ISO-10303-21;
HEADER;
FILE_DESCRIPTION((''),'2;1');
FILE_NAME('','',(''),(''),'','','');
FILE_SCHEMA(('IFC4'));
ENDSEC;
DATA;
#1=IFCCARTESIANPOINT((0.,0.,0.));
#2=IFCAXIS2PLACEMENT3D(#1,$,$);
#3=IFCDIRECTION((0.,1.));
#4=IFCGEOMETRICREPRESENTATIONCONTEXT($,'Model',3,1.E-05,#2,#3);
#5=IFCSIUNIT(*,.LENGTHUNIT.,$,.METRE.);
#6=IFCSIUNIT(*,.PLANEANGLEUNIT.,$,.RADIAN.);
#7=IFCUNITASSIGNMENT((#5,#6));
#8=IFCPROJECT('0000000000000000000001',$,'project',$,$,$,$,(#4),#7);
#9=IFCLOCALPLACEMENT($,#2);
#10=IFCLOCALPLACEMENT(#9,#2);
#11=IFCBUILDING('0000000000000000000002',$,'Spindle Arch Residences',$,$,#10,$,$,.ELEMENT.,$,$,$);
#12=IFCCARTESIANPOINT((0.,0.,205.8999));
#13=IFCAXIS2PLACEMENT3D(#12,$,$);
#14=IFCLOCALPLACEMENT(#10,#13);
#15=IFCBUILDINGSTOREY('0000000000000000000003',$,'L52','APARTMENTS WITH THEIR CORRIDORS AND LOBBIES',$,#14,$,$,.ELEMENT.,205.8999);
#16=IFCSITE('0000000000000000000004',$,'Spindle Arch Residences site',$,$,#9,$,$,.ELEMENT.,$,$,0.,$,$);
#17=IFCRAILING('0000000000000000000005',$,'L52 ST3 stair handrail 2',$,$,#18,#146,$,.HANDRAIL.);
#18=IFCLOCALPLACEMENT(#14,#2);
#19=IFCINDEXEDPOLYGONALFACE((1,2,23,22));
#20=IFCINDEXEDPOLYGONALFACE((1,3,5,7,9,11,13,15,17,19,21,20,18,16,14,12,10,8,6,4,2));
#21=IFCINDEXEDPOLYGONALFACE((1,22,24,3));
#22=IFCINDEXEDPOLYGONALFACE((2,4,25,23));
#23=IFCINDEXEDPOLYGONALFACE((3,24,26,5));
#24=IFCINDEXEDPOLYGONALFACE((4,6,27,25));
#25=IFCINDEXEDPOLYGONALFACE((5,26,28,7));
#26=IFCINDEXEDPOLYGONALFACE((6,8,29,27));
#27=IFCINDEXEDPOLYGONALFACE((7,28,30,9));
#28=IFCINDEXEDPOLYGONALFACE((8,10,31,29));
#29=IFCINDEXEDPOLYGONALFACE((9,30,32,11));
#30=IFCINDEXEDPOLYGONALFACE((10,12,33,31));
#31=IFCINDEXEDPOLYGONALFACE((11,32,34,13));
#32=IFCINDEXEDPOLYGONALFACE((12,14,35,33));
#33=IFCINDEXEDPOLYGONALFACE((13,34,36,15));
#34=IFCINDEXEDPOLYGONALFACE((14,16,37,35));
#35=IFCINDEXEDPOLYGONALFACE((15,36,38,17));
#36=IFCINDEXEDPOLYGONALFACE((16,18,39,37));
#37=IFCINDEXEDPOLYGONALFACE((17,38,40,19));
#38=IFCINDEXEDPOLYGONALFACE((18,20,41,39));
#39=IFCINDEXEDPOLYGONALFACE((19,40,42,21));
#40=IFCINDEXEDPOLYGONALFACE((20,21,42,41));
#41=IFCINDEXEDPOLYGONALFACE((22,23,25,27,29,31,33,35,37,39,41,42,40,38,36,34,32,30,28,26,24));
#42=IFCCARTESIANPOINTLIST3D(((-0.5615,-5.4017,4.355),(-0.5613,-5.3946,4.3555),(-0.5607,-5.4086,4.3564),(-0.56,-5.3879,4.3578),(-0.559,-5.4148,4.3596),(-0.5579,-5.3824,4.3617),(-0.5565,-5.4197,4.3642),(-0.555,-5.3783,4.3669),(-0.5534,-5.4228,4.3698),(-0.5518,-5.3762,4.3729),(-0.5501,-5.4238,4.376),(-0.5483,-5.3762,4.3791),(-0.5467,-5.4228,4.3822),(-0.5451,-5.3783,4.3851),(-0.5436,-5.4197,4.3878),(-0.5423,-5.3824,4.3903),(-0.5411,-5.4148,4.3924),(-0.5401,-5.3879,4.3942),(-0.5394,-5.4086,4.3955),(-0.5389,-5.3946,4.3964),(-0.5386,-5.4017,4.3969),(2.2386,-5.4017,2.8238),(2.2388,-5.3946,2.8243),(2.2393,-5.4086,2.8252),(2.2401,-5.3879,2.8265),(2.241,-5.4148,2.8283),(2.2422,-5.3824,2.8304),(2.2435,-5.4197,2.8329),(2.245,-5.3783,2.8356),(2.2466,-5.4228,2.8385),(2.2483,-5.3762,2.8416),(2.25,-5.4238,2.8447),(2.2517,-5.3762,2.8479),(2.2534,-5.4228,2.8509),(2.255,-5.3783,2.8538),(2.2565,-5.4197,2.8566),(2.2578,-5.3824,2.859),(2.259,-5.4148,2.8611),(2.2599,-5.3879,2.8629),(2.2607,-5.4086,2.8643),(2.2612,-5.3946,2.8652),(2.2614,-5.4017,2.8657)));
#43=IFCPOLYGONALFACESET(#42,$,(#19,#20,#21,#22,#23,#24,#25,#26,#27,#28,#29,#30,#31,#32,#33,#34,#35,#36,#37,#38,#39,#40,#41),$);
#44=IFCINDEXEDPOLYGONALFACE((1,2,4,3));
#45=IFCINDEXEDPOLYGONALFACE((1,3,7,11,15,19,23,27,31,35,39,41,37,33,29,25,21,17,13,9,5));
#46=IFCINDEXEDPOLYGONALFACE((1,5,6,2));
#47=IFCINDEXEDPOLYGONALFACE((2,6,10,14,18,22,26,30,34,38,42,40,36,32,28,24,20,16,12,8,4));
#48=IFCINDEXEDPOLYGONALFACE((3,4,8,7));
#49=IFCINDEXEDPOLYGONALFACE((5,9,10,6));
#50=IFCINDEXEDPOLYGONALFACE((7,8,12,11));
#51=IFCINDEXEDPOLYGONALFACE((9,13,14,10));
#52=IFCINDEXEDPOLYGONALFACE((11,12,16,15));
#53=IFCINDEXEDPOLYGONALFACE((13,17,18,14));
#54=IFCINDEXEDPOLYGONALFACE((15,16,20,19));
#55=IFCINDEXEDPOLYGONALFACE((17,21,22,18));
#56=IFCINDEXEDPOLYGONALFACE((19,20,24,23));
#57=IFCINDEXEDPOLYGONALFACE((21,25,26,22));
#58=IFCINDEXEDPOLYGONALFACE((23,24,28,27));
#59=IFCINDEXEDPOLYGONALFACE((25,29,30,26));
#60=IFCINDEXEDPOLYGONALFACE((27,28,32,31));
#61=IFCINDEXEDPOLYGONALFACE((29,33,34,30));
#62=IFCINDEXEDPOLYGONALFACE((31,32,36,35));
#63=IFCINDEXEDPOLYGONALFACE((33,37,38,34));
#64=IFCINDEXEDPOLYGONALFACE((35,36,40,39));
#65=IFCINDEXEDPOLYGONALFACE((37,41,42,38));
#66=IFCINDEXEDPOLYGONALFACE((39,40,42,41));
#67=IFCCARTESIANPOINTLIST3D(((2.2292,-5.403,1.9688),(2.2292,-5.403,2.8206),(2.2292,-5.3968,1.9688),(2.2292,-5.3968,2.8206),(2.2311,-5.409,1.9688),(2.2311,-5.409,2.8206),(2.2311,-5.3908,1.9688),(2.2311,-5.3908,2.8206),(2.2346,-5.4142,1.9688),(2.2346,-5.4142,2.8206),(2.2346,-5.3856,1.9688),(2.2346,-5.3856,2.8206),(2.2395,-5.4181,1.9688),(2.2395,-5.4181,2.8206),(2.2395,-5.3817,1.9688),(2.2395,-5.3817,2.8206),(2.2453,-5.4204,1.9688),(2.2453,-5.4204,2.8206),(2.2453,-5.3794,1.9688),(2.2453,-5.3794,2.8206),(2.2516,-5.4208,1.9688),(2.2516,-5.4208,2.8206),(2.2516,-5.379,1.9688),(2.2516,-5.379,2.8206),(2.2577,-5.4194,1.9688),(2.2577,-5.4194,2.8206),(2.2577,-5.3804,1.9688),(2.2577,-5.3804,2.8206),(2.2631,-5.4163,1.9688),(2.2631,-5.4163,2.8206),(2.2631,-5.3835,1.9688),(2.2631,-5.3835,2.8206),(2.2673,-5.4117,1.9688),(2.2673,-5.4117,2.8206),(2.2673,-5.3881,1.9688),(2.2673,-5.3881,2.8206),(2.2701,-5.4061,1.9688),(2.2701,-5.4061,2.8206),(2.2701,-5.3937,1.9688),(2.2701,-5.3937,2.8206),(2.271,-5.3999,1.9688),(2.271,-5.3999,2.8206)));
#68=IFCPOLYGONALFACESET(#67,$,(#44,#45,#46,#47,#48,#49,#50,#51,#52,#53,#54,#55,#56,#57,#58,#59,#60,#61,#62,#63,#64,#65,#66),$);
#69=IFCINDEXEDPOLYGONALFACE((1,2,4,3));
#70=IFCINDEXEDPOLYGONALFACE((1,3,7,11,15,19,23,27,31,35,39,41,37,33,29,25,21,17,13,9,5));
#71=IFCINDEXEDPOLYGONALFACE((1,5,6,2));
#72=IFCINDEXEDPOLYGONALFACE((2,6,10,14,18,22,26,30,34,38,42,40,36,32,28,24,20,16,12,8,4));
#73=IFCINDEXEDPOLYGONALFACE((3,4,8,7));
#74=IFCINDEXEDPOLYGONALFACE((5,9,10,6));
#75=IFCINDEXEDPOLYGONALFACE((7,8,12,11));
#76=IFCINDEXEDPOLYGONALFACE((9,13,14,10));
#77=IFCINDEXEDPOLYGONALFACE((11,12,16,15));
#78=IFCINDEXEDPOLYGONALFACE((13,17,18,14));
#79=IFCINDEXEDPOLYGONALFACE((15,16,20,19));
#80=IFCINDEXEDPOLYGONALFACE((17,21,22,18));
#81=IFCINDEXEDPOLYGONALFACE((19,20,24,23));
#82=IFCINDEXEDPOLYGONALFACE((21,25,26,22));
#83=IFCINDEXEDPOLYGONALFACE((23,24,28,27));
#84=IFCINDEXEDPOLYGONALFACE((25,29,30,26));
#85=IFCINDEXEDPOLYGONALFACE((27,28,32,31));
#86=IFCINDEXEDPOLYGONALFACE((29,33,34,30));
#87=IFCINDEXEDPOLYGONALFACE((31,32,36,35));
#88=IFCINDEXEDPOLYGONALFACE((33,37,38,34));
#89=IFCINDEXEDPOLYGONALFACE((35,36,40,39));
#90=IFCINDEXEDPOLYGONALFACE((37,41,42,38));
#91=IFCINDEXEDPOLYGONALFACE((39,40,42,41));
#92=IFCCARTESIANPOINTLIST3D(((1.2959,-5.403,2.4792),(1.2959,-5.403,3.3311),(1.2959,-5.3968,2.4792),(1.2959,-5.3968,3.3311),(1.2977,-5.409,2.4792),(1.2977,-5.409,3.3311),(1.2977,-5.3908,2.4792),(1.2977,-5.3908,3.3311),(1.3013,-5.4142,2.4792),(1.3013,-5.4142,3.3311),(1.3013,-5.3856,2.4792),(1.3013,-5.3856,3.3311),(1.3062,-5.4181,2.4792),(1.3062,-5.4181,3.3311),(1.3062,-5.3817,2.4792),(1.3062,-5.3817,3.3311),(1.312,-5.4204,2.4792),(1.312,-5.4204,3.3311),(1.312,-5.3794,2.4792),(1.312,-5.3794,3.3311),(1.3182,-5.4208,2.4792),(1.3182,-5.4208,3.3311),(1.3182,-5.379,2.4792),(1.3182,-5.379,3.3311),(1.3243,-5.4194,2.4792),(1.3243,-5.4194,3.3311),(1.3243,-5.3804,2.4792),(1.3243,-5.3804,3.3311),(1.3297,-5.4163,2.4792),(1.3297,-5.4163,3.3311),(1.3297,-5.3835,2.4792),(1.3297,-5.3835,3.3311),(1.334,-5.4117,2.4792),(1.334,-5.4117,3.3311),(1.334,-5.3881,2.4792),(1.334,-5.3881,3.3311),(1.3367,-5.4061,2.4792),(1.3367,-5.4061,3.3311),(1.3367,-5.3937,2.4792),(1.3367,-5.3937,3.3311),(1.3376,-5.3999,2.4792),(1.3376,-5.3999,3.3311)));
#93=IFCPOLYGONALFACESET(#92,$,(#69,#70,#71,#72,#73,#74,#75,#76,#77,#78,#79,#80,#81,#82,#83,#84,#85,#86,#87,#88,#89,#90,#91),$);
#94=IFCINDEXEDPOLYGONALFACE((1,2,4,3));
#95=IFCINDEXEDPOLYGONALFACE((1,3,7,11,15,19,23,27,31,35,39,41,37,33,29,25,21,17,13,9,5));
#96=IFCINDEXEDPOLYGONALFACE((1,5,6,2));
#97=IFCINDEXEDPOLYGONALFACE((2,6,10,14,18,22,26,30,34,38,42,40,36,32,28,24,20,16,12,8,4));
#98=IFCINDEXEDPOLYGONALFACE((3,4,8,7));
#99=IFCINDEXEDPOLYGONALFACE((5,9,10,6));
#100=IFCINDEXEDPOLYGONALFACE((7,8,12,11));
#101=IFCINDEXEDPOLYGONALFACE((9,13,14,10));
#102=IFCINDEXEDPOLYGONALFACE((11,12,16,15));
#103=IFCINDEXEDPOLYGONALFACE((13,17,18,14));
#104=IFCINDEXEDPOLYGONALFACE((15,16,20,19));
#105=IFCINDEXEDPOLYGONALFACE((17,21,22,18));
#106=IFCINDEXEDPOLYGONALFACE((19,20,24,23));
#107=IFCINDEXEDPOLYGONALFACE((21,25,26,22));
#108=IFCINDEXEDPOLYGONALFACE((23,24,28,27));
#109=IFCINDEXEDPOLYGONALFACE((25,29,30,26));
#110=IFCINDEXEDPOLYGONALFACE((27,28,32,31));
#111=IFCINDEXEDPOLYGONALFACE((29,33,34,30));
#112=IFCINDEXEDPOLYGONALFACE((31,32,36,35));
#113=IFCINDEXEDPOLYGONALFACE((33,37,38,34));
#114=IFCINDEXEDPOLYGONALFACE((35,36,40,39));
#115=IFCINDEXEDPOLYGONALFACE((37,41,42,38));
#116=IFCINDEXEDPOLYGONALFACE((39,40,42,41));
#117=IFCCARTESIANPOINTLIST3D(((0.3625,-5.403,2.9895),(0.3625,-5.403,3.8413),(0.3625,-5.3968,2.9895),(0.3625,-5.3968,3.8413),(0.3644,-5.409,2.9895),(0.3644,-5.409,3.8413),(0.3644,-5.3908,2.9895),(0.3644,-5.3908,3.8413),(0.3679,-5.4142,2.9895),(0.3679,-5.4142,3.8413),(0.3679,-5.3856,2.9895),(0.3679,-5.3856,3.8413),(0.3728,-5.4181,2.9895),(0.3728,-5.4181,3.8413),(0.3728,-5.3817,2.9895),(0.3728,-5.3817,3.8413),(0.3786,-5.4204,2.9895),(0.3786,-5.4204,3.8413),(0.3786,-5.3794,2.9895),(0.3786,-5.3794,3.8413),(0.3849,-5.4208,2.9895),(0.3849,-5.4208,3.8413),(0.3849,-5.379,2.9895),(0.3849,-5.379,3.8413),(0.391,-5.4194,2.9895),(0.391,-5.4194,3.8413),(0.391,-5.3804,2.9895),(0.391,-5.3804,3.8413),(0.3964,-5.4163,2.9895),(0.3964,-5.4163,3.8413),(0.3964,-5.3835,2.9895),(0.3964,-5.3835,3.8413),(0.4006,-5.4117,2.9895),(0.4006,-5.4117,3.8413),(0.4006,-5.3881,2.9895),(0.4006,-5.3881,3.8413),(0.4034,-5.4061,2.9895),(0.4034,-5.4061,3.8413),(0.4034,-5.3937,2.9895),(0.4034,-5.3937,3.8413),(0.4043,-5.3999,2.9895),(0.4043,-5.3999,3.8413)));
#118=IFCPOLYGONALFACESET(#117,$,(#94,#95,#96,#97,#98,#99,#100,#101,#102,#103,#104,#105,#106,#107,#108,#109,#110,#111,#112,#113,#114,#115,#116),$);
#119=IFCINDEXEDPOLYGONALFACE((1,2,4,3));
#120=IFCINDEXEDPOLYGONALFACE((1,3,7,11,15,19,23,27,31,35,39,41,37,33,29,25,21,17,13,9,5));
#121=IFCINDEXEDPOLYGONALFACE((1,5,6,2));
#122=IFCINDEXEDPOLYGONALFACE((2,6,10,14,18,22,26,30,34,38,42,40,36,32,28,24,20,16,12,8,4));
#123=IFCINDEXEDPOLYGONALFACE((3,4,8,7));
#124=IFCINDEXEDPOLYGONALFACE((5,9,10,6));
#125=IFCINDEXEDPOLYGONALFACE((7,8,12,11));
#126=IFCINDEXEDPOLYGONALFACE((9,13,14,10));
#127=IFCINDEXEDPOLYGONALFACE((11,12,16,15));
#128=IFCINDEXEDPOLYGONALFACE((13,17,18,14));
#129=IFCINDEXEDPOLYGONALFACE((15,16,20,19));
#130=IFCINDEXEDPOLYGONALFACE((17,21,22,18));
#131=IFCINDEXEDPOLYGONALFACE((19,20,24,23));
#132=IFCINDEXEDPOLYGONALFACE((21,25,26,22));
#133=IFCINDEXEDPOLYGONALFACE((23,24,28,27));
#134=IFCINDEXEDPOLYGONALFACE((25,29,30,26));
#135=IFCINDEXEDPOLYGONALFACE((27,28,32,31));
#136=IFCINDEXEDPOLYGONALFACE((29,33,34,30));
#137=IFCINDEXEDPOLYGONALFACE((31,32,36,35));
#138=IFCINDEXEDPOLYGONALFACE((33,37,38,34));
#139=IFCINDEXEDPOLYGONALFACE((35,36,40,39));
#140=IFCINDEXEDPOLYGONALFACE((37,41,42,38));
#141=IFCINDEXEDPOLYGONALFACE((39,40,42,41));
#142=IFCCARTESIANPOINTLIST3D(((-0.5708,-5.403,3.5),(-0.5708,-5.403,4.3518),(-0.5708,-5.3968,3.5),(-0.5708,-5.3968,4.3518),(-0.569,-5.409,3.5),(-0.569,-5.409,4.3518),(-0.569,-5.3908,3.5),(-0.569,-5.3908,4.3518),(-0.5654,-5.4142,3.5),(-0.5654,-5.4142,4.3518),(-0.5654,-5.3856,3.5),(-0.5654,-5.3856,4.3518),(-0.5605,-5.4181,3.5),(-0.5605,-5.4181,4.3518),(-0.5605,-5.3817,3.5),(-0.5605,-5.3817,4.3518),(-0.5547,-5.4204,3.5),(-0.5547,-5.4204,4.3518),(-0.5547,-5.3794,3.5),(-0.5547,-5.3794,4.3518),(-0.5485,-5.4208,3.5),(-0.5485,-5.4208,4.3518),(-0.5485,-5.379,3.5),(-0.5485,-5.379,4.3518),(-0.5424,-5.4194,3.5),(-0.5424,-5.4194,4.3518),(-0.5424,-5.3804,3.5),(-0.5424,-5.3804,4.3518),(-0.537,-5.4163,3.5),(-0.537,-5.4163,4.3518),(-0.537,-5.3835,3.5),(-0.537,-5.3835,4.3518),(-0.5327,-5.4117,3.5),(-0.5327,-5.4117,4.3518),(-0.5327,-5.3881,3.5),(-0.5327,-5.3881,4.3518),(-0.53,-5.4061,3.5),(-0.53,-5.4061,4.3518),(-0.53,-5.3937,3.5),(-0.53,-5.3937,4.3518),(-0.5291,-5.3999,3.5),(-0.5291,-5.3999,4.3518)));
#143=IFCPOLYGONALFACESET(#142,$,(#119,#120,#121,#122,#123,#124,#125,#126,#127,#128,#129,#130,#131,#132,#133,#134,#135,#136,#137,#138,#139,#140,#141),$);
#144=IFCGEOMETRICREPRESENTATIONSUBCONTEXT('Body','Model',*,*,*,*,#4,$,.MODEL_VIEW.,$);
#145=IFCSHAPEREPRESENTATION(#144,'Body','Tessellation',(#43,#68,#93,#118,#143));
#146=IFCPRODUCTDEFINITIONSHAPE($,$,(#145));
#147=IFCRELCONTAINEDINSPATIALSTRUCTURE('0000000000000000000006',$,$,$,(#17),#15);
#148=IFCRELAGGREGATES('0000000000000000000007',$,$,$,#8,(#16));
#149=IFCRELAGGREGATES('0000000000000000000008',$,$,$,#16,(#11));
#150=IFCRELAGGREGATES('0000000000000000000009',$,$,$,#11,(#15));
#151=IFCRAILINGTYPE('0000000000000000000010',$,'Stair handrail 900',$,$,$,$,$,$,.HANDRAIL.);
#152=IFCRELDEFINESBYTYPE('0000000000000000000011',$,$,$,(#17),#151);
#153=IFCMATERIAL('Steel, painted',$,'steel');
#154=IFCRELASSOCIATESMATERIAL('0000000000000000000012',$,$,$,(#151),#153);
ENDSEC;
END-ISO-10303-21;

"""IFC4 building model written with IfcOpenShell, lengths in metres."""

from ifc_helpers import new_model, si_unit, direction, frame, origin, origin_2d, place, context, subcontext, project, spatial, circle, extrude, material, type_object, element, save


model = new_model("IFC4")

# Units and contexts
model_context = context("Model", 3, precision=1e-05, world=origin(), true_north=direction((0.0, 1.0)))
body_context = subcontext(model_context, "Body", "Model", "MODEL_VIEW")
ifc_project = project(units=[si_unit("LENGTHUNIT", "METRE"), si_unit("PLANEANGLEUNIT", "RADIAN")], contexts=[model_context])

# Site, building, storey
site_placement = place(None, origin())
site = spatial("IfcSite", under=ifc_project, at=site_placement, Name="Spindle Arch Residences site", CompositionType="ELEMENT", RefElevation=0.0)
building_placement = place(site_placement, origin())
building = spatial("IfcBuilding", under=site, at=building_placement, Name="Spindle Arch Residences", CompositionType="ELEMENT")
storey_placement = place(building_placement, frame((0.0, 0.0, 205.8999)))
storey = spatial("IfcBuildingStorey", under=building, at=storey_placement, Name="L52", Description="APARTMENTS WITH THEIR CORRIDORS AND LOBBIES", CompositionType="ELEMENT", Elevation=205.8999)

# Railing
ifc_material_1 = material(Name="Steel, painted", Category="steel")
railing_type_1 = type_object("IfcRailingType", Name="Stair handrail 900", PredefinedType="HANDRAIL", material=ifc_material_1)
railing_1_placement = place(storey_placement, frame((2.25, -5.3999, 1.9688)))
element("IfcRailing", 1, at=railing_1_placement, inside=storey, type_object=railing_type_1, Name="L52 ST3 stair handrail 2", PredefinedType="HANDRAIL", context=body_context, shape_type="SweptSolid", body=[
    extrude(circle(Radius=0.0239, at=origin_2d()), frame((0.0, 0.0, 0.876), z_axis=(-0.877375, 0.0, 0.479806), x_axis=(0.0, -1.0, 0.0)), (0.0, 0.0, 1.0), 3.1914),
    extrude(circle(Radius=0.021, at=origin_2d()), origin(), (0.0, 0.0, 1.0), 0.8518),
    extrude(circle(Radius=0.021, at=origin_2d()), frame((-0.9333, 0.0, 0.5105)), (0.0, 0.0, 1.0), 0.8518),
    extrude(circle(Radius=0.021, at=origin_2d()), frame((-1.8667, 0.0, 1.0208)), (0.0, 0.0, 1.0), 0.8518),
    extrude(circle(Radius=0.021, at=origin_2d()), frame((-2.8, 0.0, 1.5312)), (0.0, 0.0, 1.0), 0.8518),
])

save(model, "model.ifc")
